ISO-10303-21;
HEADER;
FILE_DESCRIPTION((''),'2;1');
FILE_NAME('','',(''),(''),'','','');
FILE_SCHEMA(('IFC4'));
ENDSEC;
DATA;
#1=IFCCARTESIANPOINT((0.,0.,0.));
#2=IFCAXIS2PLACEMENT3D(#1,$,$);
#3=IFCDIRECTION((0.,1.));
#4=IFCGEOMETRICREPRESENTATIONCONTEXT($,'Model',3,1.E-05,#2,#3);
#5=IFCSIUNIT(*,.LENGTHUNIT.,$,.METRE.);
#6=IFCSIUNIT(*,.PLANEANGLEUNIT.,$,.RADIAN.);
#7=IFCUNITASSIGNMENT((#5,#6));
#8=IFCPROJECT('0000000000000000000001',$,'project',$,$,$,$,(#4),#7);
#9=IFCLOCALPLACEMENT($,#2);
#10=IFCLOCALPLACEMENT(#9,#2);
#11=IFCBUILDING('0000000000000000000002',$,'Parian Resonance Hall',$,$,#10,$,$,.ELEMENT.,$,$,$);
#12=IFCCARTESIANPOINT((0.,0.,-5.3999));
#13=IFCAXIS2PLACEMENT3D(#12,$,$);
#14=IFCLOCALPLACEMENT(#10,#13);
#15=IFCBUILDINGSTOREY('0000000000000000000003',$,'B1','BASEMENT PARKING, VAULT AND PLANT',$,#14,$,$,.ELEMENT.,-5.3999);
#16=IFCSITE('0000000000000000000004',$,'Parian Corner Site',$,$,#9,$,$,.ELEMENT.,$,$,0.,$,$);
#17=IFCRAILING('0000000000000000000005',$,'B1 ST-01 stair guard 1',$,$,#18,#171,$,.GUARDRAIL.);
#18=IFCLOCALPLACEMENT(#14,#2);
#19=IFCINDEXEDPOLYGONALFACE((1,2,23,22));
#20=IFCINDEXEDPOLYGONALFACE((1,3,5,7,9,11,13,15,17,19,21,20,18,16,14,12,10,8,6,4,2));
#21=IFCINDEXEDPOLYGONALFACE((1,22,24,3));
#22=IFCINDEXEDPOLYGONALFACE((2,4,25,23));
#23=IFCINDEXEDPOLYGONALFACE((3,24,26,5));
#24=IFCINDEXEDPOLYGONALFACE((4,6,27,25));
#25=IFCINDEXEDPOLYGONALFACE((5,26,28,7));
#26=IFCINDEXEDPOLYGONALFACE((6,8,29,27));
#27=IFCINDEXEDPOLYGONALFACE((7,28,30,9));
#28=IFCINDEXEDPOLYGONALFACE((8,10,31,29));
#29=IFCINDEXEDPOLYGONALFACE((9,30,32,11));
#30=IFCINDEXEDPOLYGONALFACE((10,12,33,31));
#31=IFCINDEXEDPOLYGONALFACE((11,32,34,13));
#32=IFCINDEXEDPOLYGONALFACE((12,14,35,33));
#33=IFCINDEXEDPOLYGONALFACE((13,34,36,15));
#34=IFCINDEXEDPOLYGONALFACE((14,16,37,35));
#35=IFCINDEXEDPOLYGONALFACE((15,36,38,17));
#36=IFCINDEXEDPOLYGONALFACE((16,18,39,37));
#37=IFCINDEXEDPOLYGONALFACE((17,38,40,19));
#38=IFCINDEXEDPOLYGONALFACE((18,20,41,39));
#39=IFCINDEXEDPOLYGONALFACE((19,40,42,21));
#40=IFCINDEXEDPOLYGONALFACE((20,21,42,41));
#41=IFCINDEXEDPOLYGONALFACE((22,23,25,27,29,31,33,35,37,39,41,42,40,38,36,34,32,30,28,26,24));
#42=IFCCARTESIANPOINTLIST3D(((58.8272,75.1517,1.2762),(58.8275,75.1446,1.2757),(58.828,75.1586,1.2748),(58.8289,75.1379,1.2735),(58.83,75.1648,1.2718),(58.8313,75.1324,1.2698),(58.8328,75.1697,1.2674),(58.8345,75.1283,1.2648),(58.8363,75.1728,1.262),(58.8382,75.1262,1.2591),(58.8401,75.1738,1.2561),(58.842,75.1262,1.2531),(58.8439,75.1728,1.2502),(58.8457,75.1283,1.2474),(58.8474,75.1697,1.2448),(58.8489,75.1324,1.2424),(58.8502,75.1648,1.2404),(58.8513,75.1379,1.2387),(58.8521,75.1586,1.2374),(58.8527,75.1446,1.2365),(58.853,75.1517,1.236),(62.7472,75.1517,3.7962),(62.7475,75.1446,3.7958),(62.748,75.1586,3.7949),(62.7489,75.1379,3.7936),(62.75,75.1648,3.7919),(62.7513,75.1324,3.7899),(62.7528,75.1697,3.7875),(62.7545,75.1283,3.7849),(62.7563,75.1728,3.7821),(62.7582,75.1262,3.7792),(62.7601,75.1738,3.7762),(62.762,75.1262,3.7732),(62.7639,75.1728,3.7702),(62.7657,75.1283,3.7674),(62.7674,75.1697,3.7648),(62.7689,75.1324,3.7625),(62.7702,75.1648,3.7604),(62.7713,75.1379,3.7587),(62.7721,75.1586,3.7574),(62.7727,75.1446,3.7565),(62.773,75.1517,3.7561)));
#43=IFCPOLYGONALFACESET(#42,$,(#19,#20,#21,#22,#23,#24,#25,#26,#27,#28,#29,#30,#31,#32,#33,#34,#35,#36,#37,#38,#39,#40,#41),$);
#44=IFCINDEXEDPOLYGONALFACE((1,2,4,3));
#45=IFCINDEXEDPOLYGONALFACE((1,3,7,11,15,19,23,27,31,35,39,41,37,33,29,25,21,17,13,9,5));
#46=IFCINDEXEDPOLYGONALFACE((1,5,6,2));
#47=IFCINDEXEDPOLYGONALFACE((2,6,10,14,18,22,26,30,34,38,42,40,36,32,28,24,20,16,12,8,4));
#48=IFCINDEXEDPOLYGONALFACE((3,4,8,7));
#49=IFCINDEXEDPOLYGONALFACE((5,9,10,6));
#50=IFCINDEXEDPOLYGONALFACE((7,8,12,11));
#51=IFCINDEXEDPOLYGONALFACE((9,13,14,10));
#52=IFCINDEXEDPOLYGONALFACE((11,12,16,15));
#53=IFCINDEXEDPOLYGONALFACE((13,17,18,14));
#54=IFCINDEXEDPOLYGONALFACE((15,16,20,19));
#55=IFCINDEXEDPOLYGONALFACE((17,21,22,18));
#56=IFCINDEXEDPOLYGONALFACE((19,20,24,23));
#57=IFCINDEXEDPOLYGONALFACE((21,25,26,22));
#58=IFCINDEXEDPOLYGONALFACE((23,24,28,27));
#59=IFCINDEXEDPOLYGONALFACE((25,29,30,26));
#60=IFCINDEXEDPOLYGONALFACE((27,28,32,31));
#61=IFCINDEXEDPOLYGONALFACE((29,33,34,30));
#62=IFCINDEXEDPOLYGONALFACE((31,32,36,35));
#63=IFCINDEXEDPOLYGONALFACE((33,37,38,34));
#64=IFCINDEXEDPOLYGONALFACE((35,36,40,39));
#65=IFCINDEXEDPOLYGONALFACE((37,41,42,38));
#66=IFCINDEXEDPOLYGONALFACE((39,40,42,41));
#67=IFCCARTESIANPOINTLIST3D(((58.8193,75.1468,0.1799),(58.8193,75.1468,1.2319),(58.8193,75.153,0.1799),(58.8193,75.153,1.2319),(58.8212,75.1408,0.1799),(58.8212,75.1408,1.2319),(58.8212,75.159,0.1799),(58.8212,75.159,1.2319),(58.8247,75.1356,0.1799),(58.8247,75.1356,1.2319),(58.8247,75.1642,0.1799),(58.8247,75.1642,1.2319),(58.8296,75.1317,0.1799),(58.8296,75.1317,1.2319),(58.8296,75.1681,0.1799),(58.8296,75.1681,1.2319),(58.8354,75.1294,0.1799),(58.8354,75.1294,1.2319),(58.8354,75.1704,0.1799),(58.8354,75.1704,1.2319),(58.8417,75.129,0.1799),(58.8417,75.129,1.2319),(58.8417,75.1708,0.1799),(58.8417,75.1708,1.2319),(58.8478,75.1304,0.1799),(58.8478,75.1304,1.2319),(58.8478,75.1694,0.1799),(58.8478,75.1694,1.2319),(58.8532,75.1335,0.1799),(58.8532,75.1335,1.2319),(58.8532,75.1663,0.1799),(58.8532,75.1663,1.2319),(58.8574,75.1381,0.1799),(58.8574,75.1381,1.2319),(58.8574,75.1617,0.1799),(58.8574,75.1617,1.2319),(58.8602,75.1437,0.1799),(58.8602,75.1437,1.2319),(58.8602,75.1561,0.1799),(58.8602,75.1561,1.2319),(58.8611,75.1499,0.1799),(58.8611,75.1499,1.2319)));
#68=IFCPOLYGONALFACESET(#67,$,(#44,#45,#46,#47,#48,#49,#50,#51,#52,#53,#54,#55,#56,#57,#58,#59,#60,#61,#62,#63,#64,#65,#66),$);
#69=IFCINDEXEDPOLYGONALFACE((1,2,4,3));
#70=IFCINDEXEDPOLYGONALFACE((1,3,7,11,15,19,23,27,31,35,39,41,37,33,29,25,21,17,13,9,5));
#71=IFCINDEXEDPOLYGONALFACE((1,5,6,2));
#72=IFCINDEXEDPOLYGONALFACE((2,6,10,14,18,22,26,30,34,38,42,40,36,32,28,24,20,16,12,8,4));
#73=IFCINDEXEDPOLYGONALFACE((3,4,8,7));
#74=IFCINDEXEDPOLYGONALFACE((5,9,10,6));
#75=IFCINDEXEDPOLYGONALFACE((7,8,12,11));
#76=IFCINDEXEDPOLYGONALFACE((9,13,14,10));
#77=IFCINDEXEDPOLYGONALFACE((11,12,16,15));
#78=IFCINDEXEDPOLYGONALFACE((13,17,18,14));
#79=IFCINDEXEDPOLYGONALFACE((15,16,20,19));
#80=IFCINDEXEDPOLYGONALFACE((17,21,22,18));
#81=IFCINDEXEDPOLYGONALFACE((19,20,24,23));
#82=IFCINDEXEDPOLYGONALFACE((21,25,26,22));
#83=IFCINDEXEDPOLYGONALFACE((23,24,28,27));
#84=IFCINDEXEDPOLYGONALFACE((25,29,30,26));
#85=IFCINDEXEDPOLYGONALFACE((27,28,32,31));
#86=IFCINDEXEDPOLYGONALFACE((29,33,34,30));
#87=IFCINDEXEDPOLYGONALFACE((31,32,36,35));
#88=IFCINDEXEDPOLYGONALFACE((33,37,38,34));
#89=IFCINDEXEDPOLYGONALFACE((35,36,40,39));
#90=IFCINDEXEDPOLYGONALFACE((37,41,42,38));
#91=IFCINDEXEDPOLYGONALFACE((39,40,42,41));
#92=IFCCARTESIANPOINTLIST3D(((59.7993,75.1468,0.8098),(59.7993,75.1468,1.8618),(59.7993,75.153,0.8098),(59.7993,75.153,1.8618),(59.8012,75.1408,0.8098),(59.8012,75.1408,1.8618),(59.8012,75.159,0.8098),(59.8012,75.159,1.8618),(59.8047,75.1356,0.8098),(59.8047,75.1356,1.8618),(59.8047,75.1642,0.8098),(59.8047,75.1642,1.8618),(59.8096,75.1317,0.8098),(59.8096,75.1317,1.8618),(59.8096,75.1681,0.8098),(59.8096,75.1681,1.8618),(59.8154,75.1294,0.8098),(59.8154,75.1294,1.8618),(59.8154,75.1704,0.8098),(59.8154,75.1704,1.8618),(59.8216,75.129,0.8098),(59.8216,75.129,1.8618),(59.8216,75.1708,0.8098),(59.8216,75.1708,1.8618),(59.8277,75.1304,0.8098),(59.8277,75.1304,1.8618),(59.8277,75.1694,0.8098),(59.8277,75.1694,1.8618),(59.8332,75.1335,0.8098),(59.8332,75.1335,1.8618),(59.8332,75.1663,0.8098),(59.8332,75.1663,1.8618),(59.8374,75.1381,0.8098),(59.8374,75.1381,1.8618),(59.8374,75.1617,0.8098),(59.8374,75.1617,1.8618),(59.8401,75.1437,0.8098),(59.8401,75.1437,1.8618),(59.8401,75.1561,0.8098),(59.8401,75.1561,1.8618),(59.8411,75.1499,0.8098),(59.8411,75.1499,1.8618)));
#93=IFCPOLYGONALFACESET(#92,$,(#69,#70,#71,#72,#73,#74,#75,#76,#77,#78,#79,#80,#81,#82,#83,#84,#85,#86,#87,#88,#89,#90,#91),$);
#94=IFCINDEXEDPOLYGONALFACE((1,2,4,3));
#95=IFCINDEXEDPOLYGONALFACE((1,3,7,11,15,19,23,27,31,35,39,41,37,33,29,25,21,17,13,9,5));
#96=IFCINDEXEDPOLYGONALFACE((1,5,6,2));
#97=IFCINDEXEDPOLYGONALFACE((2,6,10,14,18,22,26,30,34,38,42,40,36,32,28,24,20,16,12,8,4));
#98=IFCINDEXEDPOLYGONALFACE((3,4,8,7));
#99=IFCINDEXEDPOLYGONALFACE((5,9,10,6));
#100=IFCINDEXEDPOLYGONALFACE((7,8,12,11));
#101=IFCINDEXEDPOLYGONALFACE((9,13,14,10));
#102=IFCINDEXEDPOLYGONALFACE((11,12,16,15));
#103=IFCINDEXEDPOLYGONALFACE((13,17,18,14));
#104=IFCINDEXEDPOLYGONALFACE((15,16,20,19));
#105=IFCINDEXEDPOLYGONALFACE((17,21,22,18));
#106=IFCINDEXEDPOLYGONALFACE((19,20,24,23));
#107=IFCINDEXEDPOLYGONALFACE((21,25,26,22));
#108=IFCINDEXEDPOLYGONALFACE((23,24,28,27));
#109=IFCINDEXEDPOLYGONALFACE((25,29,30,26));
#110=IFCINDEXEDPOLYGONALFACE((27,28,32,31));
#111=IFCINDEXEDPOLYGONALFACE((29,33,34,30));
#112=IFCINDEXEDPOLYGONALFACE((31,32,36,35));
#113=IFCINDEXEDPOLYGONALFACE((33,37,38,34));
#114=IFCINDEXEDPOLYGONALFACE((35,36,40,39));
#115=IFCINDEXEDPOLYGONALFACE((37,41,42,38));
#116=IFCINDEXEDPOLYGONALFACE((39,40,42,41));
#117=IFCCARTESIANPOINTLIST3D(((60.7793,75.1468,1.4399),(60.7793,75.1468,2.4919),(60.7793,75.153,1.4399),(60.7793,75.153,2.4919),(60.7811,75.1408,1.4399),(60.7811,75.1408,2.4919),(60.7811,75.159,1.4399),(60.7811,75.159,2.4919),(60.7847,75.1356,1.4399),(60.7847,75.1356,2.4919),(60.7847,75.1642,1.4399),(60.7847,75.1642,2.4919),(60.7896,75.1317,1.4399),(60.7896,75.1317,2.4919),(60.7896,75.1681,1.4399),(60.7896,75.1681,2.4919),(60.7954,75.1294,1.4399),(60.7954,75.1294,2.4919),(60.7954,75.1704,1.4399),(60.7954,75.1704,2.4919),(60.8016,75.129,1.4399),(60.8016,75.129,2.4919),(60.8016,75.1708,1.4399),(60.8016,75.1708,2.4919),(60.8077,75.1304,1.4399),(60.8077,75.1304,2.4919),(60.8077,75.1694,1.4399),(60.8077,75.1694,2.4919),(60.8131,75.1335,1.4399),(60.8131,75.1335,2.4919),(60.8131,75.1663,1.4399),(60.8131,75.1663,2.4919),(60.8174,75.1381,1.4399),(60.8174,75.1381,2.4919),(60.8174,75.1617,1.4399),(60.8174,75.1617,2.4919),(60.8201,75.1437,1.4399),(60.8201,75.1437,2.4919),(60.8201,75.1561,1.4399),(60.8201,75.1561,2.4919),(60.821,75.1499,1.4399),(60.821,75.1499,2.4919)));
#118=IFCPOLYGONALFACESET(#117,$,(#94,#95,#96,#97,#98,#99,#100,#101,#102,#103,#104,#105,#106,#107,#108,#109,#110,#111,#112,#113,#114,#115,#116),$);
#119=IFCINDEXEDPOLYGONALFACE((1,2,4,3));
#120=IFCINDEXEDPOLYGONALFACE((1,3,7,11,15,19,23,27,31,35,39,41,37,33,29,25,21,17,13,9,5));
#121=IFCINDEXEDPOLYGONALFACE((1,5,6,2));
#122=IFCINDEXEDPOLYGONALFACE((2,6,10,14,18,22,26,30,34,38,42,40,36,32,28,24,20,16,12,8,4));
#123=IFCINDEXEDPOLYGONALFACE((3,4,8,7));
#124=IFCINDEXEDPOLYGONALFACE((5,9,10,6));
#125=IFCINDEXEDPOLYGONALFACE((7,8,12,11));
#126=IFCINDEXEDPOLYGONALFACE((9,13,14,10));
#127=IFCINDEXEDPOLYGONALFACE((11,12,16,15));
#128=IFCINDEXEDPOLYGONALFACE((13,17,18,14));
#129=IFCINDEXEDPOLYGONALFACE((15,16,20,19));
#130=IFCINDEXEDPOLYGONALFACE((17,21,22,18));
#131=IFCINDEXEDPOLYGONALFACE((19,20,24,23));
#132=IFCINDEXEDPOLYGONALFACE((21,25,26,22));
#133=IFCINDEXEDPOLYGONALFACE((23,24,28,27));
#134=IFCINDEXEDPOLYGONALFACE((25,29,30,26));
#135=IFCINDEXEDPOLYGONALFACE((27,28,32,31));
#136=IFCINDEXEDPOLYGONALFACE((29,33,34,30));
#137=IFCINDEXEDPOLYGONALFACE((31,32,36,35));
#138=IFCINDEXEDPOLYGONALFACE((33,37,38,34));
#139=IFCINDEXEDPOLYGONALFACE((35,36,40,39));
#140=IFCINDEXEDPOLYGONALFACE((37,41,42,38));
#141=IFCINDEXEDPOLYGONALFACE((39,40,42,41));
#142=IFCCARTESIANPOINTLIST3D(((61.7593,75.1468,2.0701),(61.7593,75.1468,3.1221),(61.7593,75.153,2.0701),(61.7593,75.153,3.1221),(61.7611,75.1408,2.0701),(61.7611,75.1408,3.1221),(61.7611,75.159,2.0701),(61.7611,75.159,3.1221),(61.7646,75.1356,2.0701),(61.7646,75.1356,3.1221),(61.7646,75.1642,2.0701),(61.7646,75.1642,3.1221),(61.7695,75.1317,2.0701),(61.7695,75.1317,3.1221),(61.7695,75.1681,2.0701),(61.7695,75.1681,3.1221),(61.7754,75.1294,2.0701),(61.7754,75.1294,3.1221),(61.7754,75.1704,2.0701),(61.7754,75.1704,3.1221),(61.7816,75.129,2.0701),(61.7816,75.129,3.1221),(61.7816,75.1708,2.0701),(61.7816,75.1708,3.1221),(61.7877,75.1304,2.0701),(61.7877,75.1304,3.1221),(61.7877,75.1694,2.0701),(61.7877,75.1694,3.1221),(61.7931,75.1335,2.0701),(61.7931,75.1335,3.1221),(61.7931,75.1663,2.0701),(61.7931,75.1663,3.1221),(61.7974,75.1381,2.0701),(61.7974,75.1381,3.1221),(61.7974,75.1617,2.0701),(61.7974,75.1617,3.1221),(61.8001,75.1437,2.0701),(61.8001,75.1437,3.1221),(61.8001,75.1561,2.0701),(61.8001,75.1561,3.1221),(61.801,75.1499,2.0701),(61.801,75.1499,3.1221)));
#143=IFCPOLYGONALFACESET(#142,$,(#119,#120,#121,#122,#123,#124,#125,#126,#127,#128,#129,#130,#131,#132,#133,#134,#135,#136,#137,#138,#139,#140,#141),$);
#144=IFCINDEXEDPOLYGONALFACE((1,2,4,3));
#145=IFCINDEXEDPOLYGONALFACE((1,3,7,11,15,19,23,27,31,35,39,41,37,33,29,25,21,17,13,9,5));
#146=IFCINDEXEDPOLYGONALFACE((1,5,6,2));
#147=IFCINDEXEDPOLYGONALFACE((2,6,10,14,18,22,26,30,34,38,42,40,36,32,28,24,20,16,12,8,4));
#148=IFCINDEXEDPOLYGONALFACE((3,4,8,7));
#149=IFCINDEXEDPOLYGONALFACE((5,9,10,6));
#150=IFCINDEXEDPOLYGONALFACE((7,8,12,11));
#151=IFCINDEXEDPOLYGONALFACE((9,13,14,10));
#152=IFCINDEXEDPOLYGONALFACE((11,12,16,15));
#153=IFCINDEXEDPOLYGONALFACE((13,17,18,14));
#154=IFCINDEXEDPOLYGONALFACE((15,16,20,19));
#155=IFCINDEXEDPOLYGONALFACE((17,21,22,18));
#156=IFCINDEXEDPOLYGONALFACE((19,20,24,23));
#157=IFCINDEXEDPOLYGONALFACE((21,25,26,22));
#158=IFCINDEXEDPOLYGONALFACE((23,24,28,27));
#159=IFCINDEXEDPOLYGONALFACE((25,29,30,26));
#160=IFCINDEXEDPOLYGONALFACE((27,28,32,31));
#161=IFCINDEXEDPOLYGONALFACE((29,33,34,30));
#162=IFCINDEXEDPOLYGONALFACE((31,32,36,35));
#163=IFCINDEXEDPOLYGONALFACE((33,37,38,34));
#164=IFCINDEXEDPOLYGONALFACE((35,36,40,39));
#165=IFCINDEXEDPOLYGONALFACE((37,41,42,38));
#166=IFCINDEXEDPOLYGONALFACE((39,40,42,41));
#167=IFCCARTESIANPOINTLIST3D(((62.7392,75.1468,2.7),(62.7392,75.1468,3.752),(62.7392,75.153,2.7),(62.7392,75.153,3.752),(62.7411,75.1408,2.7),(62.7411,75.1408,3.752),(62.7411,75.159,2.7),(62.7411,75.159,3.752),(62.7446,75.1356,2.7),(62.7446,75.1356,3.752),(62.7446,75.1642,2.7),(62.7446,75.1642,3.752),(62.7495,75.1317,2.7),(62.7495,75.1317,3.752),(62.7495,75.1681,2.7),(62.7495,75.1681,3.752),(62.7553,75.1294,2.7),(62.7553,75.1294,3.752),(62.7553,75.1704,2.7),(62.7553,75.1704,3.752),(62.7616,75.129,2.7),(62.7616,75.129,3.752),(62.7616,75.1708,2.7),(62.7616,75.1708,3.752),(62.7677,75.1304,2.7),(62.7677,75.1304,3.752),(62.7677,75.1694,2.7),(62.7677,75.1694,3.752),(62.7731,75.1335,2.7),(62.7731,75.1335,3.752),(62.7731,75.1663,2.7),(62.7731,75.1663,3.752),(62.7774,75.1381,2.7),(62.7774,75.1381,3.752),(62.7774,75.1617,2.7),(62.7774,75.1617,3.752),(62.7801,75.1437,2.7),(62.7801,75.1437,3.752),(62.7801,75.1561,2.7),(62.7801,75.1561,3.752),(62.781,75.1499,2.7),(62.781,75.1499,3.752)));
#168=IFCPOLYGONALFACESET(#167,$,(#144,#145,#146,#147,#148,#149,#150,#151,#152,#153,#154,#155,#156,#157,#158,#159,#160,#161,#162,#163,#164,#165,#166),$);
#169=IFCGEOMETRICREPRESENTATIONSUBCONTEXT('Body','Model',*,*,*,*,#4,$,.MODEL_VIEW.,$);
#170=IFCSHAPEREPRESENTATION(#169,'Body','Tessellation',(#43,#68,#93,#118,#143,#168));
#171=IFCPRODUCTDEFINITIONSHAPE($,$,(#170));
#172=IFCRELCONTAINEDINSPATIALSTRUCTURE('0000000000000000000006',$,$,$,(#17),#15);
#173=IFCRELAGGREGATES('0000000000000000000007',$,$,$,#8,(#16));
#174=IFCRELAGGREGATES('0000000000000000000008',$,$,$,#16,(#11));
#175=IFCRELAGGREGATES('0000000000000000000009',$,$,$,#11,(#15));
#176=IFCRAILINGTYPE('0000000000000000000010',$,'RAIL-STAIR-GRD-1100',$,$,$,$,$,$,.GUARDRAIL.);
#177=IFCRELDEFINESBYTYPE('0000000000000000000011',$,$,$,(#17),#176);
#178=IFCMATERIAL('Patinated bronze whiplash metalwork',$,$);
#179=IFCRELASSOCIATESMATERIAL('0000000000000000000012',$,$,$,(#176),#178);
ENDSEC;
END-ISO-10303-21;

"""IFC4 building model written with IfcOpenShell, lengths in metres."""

from ifc_helpers import new_model, si_unit, direction, frame, origin, origin_2d, place, context, subcontext, project, spatial, circle, extrude, material, type_object, element, save


model = new_model("IFC4")

# Units and contexts
model_context = context("Model", 3, precision=1e-05, world=origin(), true_north=direction((0.0, 1.0)))
body_context = subcontext(model_context, "Body", "Model", "MODEL_VIEW")
ifc_project = project(units=[si_unit("LENGTHUNIT", "METRE"), si_unit("PLANEANGLEUNIT", "RADIAN")], contexts=[model_context])

# Site, building, storey
site_placement = place(None, origin())
site = spatial("IfcSite", under=ifc_project, at=site_placement, Name="Parian Corner Site", CompositionType="ELEMENT", RefElevation=0.0)
building_placement = place(site_placement, origin())
building = spatial("IfcBuilding", under=site, at=building_placement, Name="Parian Resonance Hall", CompositionType="ELEMENT")
storey_placement = place(building_placement, frame((0.0, 0.0, -5.3999)))
storey = spatial("IfcBuildingStorey", under=building, at=storey_placement, Name="B1", Description="BASEMENT PARKING, VAULT AND PLANT", CompositionType="ELEMENT", Elevation=-5.3999)

# Railing
ifc_material_1 = material(Name="Patinated bronze whiplash metalwork")
railing_type_1 = type_object("IfcRailingType", Name="RAIL-STAIR-GRD-1100", PredefinedType="GUARDRAIL", material=ifc_material_1)
railing_1_placement = place(storey_placement, frame((58.8401, 75.1499, 0.1799)))
element("IfcRailing", 1, at=railing_1_placement, inside=storey, type_object=railing_type_1, Name="B1 ST-01 stair guard 1", PredefinedType="GUARDRAIL", context=body_context, shape_type="SweptSolid", body=[
    extrude(circle(Radius=0.0239, at=origin_2d()), frame((0.0, 0.0, 1.0762), z_axis=(0.841172, 0.0, 0.540768), x_axis=(0.0, 1.0, 0.0)), (0.0, 0.0, 1.0), 4.6602),
    extrude(circle(Radius=0.021, at=origin_2d()), origin(), (0.0, 0.0, 1.0), 1.052),
    extrude(circle(Radius=0.021, at=origin_2d()), frame((0.98, 0.0, 0.6299)), (0.0, 0.0, 1.0), 1.052),
    extrude(circle(Radius=0.021, at=origin_2d()), frame((1.96, 0.0, 1.26)), (0.0, 0.0, 1.0), 1.052),
    extrude(circle(Radius=0.021, at=origin_2d()), frame((2.9399, 0.0, 1.8901)), (0.0, 0.0, 1.0), 1.052),
    extrude(circle(Radius=0.021, at=origin_2d()), frame((3.9199, 0.0, 2.52)), (0.0, 0.0, 1.0), 1.052),
])

save(model, "model.ifc")
